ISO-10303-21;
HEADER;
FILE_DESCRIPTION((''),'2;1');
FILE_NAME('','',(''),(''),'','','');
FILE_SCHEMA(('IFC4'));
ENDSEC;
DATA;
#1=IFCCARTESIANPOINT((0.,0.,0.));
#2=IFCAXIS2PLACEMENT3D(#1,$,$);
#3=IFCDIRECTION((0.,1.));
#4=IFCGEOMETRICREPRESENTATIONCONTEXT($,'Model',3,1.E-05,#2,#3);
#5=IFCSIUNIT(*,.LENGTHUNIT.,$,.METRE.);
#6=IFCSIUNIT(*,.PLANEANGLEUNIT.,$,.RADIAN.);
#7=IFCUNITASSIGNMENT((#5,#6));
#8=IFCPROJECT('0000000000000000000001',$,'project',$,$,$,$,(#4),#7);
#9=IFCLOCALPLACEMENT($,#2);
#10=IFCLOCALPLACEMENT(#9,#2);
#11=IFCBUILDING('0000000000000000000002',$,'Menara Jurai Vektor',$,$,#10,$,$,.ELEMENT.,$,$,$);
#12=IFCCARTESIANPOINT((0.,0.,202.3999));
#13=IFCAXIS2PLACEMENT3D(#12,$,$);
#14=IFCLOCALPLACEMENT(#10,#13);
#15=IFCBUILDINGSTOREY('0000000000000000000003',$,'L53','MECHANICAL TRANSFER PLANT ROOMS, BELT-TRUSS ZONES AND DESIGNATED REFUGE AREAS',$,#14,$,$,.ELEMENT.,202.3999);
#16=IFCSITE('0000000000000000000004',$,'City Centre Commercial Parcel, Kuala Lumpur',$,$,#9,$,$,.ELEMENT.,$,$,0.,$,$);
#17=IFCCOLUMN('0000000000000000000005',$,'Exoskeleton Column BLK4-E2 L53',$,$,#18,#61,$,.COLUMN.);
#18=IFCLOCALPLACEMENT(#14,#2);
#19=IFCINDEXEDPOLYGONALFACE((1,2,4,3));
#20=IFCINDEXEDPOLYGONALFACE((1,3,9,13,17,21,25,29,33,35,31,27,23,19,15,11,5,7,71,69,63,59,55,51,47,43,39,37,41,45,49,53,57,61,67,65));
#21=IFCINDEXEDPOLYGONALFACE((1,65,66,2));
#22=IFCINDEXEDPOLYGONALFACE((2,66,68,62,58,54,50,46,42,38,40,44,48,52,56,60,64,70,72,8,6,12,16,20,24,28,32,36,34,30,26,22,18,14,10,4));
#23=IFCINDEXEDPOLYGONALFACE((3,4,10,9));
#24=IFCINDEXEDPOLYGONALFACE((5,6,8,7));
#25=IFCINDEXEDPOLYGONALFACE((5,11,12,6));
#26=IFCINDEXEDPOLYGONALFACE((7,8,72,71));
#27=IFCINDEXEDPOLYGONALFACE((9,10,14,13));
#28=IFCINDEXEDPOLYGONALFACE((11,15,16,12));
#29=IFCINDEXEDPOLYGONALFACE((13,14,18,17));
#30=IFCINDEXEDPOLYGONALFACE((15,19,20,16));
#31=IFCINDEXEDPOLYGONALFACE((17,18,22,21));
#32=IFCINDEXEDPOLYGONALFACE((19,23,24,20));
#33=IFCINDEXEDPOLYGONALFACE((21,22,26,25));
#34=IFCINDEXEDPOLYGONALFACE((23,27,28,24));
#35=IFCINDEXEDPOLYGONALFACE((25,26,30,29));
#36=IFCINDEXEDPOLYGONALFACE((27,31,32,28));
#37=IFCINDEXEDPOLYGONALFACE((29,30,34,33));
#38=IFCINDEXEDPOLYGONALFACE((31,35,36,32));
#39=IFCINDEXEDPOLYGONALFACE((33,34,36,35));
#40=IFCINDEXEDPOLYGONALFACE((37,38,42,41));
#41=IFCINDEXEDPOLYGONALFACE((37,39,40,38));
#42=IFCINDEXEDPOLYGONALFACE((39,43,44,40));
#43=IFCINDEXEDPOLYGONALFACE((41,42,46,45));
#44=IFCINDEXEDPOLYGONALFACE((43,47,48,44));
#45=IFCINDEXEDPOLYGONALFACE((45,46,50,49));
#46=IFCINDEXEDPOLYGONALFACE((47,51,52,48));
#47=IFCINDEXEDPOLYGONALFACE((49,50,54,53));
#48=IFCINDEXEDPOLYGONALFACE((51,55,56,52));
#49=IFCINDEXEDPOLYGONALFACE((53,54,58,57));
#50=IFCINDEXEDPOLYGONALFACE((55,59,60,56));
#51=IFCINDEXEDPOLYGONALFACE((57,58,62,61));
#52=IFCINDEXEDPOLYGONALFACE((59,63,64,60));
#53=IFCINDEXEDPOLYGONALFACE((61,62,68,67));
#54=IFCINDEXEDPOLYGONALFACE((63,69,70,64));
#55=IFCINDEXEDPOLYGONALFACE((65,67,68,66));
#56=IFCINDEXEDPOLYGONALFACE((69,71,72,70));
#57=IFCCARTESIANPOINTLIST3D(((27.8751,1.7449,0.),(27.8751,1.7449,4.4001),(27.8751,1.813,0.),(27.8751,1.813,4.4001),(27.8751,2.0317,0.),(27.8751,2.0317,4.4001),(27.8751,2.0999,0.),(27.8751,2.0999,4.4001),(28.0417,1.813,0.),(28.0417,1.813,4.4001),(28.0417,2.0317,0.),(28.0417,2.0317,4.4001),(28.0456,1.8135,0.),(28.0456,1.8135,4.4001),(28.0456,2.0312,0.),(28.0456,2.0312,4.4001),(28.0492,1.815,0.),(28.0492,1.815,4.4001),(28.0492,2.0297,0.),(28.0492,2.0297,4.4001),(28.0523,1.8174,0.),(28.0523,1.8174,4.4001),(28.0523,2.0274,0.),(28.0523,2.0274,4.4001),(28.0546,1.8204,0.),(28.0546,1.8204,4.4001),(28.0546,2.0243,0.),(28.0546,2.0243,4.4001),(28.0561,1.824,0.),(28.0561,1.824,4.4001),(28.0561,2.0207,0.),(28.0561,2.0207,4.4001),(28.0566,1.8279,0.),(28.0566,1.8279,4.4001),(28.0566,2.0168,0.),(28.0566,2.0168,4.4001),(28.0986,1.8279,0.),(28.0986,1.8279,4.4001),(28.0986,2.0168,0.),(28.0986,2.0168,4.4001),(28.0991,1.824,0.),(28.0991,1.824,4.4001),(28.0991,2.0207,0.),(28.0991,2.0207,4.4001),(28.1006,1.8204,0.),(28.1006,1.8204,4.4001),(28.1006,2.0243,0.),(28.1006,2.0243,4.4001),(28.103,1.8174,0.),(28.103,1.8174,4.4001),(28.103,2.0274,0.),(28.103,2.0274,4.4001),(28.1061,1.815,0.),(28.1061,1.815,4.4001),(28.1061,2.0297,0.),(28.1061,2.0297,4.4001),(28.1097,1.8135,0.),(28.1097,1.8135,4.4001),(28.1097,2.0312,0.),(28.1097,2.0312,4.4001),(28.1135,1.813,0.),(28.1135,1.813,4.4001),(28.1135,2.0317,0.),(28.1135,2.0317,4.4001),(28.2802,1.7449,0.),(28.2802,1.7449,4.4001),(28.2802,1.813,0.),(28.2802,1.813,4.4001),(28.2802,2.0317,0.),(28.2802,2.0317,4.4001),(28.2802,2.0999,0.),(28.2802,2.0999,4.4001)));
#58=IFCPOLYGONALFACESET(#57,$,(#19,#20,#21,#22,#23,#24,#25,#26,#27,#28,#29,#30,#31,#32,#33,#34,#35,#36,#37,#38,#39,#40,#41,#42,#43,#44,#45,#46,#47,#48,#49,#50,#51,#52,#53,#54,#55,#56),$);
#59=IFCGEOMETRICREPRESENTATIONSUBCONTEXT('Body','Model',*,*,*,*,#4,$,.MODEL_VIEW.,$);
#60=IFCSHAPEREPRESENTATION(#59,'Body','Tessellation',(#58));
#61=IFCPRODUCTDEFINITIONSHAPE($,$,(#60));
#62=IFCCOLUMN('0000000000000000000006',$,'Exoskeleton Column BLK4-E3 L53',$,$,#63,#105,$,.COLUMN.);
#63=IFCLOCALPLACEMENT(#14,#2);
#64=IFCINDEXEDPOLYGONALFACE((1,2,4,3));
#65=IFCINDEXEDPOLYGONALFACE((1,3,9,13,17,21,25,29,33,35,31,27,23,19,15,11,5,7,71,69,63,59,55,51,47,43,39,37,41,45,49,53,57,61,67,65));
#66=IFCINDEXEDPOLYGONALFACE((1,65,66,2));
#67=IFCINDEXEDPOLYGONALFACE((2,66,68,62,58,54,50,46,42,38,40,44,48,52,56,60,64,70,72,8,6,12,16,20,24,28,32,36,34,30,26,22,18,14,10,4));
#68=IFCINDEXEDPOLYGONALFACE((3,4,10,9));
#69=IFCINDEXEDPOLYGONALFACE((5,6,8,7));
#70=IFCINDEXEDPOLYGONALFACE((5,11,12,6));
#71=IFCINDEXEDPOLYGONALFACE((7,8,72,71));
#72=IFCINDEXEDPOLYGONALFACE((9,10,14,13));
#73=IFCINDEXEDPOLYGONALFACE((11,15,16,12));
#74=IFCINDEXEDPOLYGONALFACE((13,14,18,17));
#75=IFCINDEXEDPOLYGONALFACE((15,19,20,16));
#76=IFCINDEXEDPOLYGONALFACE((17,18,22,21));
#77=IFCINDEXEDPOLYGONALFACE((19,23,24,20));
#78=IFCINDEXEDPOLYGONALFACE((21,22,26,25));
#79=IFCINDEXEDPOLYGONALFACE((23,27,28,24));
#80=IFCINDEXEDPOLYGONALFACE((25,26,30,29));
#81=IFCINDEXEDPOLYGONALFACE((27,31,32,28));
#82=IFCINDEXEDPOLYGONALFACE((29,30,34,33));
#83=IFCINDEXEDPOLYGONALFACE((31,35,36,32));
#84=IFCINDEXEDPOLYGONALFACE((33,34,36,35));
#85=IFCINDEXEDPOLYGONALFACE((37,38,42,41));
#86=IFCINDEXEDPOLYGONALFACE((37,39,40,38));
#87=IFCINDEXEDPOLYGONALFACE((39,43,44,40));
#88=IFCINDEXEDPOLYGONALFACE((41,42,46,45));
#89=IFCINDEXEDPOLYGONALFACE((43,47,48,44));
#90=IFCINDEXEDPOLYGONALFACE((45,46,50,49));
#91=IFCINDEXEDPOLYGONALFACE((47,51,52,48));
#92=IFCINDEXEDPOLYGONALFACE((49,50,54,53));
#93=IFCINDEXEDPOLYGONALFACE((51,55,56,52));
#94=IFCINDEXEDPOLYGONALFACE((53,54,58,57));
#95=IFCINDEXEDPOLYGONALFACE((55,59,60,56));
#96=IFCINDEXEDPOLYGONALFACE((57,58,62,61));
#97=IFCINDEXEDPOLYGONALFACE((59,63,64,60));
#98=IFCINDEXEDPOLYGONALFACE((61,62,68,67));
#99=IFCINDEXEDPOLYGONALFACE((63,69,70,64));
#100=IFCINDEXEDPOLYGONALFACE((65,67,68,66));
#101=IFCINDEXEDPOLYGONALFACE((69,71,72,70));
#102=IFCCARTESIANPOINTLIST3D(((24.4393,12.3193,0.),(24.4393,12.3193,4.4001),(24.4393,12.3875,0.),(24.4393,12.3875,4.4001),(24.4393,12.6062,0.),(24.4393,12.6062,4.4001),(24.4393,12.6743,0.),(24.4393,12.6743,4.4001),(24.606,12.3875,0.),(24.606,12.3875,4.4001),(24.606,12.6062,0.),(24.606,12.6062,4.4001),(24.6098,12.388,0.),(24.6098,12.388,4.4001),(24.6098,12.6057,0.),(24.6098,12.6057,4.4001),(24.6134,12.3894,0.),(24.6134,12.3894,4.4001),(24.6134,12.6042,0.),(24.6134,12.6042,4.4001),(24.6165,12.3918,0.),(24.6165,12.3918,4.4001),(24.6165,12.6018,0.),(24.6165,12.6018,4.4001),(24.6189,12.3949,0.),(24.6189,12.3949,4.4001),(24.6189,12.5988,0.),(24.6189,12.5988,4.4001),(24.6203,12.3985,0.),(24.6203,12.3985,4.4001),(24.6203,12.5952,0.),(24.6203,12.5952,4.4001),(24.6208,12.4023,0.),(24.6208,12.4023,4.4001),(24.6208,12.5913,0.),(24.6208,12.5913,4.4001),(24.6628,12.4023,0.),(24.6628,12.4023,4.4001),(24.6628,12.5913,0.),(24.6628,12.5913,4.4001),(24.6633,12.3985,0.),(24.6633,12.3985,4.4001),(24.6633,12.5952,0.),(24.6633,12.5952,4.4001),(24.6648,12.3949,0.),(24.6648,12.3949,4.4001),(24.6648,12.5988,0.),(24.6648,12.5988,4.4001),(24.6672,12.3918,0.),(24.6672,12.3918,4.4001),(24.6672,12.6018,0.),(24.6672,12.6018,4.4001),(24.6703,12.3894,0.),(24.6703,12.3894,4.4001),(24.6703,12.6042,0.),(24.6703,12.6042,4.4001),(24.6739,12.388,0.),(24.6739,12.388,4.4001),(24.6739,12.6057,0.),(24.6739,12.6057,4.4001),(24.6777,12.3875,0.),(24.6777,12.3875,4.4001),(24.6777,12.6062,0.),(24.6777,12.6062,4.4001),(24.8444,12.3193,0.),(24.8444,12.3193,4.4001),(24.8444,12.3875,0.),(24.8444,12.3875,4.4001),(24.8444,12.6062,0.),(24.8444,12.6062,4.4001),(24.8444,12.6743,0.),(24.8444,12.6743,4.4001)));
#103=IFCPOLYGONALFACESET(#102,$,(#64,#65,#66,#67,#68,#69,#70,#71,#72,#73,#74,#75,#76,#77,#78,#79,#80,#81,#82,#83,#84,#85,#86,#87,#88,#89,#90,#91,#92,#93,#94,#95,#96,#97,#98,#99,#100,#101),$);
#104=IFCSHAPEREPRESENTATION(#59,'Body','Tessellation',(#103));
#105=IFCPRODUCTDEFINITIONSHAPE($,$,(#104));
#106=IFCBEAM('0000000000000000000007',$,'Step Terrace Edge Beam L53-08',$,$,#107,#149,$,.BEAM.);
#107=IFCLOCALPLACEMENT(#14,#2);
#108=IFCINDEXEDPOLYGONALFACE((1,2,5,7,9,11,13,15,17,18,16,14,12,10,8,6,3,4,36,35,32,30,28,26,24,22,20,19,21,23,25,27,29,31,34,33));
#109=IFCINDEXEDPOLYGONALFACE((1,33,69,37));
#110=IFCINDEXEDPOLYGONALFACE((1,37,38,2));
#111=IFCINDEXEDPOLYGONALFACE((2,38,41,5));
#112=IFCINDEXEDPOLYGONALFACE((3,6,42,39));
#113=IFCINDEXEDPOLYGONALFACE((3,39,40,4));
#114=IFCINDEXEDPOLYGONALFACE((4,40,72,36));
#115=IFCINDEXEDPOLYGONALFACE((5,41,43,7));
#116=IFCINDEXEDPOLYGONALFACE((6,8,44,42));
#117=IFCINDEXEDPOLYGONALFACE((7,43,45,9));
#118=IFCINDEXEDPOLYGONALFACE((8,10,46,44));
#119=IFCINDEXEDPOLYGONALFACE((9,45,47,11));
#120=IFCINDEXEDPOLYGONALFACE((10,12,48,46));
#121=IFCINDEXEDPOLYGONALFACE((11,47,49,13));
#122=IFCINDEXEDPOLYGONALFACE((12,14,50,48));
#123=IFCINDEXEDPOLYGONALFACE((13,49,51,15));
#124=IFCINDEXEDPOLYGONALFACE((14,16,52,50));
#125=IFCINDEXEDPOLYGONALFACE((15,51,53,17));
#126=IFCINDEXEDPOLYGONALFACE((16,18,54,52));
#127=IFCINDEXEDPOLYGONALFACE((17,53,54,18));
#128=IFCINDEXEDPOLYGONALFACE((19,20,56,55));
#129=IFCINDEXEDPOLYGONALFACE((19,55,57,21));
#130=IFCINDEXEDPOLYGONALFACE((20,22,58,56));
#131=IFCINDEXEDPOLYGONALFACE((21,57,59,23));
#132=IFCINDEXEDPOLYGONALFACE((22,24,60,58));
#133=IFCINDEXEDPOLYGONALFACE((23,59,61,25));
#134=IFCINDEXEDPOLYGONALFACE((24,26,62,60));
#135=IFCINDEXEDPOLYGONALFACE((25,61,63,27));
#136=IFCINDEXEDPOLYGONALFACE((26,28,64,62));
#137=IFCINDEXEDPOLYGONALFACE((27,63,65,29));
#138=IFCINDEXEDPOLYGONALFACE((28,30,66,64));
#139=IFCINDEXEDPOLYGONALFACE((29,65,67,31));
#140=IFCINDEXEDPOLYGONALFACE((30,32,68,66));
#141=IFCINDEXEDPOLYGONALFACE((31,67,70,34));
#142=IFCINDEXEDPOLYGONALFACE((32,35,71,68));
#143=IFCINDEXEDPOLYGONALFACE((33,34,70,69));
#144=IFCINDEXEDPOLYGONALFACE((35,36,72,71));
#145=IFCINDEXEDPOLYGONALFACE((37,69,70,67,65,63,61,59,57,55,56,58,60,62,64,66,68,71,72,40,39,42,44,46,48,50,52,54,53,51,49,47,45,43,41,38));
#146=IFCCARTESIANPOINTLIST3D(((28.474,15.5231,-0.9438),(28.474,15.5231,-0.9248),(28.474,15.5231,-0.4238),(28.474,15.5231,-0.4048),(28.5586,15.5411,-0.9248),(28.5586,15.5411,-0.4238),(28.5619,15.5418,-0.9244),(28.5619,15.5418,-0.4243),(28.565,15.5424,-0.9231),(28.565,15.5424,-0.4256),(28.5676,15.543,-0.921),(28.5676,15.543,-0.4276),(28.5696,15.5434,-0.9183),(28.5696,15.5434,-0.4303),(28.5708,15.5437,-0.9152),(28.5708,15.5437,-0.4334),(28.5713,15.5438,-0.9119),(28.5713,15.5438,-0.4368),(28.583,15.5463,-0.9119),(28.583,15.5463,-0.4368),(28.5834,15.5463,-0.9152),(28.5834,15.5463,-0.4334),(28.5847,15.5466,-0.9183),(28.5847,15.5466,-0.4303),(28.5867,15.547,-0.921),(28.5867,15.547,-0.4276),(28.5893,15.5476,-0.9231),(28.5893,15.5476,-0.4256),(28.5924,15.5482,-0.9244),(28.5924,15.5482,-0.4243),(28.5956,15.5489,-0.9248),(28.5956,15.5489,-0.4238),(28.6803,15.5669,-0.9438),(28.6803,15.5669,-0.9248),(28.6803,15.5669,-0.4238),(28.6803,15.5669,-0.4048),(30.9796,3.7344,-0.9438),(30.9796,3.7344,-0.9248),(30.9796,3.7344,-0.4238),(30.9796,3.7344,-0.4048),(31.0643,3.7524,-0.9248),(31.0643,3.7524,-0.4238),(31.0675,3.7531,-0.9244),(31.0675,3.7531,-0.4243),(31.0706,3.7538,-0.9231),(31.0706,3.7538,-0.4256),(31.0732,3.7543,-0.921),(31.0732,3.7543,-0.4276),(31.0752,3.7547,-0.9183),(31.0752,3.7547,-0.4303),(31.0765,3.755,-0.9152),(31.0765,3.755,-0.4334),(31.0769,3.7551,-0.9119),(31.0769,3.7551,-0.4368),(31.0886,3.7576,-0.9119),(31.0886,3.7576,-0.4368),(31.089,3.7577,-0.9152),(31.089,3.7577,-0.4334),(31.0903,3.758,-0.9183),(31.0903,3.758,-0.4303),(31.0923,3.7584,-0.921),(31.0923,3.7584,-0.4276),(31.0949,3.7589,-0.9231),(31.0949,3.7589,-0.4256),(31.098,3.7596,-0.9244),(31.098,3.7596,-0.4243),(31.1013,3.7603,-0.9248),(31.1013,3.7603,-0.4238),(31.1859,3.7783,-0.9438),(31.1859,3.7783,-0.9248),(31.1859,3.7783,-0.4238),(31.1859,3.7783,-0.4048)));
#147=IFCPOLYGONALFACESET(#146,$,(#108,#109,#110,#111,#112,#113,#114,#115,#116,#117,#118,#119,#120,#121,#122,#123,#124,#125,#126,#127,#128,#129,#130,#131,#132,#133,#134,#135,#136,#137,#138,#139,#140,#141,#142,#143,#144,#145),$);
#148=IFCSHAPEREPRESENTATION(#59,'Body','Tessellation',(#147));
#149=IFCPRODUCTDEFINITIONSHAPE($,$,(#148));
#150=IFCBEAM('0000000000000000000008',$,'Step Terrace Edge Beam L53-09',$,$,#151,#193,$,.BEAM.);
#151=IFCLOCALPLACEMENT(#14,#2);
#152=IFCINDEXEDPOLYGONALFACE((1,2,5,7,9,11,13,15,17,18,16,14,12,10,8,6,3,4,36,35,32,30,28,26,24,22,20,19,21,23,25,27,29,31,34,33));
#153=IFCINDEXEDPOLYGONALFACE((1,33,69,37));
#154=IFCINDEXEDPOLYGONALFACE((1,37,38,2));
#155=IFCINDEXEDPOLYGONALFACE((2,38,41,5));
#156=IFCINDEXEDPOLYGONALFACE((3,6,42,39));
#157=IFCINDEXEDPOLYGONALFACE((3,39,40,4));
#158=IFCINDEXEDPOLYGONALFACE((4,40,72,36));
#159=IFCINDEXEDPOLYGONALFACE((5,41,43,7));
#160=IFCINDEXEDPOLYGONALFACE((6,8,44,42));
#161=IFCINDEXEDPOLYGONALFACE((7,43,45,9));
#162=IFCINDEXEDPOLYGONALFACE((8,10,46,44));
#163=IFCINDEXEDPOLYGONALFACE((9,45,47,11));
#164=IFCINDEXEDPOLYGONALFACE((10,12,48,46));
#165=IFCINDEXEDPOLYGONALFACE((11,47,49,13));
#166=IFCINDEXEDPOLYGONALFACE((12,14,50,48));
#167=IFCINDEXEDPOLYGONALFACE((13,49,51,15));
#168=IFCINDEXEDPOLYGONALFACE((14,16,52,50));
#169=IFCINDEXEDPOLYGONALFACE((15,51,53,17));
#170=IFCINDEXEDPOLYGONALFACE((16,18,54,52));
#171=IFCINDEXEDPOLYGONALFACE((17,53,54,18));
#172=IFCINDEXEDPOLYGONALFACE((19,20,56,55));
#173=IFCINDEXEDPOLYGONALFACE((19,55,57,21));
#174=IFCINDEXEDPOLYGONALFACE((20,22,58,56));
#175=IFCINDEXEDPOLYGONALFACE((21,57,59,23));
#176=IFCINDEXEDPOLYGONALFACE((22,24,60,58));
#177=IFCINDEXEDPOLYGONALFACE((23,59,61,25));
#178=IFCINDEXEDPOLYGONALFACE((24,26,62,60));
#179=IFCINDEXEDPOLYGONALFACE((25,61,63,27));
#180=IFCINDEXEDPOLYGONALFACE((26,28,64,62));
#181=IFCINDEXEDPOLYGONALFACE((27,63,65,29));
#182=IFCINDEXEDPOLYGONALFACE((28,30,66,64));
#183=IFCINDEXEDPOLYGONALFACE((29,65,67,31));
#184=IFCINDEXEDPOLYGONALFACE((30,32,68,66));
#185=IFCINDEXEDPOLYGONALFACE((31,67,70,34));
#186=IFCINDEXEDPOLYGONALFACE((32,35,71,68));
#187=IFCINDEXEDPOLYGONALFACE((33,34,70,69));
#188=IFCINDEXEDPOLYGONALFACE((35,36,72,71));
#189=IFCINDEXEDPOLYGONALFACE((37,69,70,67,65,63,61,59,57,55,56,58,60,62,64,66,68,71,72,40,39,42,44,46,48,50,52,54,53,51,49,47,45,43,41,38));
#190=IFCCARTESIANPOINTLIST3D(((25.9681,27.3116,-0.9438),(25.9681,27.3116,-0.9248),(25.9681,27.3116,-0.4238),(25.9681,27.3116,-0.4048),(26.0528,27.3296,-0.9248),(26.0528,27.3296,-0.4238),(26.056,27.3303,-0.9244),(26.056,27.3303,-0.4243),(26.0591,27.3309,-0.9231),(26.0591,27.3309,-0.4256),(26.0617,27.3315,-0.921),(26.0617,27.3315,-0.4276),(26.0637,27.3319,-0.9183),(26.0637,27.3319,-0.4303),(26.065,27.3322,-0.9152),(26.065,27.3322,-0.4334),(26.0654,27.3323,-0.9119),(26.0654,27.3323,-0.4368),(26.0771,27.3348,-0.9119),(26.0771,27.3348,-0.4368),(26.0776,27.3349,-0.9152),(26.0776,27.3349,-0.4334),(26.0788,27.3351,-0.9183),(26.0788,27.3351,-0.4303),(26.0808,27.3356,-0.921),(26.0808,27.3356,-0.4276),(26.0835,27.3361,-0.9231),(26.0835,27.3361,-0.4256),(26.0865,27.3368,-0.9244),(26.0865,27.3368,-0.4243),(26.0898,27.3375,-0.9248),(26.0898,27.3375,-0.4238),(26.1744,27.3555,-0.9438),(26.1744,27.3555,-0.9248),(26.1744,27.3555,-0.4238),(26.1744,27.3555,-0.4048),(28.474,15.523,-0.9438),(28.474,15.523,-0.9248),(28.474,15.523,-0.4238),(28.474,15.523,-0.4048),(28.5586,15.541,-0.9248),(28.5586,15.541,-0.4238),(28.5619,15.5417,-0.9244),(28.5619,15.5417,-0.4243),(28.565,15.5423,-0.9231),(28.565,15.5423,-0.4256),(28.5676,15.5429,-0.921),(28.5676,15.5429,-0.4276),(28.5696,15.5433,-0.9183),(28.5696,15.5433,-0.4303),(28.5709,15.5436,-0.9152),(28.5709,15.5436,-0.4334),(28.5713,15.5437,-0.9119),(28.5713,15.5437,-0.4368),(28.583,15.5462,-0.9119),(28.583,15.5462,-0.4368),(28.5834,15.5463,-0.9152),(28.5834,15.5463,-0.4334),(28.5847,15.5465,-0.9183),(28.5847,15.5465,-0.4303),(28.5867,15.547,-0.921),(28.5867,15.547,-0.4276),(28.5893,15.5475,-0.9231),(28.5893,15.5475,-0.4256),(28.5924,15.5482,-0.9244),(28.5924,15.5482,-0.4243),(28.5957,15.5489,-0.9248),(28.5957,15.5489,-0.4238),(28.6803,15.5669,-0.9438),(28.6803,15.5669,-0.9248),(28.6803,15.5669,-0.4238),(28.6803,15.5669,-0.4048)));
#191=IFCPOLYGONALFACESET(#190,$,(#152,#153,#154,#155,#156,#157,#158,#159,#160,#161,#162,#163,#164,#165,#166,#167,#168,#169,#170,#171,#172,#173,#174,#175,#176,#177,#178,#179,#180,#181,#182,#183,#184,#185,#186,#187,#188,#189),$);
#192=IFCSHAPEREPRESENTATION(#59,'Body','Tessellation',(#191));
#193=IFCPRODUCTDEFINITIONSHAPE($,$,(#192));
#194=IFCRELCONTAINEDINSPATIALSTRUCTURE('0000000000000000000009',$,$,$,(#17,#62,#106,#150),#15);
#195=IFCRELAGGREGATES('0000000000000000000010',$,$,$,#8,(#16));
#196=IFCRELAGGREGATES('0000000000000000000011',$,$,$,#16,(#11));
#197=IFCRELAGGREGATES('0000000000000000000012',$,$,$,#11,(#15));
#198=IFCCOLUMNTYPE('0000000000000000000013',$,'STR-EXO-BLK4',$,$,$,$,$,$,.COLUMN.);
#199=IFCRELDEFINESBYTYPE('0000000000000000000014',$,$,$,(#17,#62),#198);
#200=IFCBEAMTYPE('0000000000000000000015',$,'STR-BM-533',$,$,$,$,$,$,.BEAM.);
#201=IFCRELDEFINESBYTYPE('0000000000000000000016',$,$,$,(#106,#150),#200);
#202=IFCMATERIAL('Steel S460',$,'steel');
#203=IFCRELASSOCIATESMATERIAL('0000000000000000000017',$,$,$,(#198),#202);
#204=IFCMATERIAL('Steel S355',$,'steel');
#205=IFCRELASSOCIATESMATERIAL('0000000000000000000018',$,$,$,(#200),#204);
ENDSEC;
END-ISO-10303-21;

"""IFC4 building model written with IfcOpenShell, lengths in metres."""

from ifc_helpers import new_model, si_unit, direction, frame, origin, origin_2d, place, context, subcontext, project, spatial, i_section, extrude, material, material_profile, profile_set, type_object, element, save


model = new_model("IFC4")

# Units and contexts
model_context = context("Model", 3, precision=1e-05, world=origin(), true_north=direction((0.0, 1.0)))
body_context = subcontext(model_context, "Body", "Model", "MODEL_VIEW")
ifc_project = project(units=[si_unit("LENGTHUNIT", "METRE"), si_unit("PLANEANGLEUNIT", "RADIAN")], contexts=[model_context])

# Site, building, storey
site_placement = place(None, origin())
site = spatial("IfcSite", under=ifc_project, at=site_placement, Name="City Centre Commercial Parcel, Kuala Lumpur", CompositionType="ELEMENT", RefElevation=0.0)
building_placement = place(site_placement, origin())
building = spatial("IfcBuilding", under=site, at=building_placement, Name="Menara Jurai Vektor", CompositionType="ELEMENT")
storey_placement = place(building_placement, frame((0.0, 0.0, 202.3999)))
storey = spatial("IfcBuildingStorey", under=building, at=storey_placement, Name="L53", Description="MECHANICAL TRANSFER PLANT ROOMS, BELT-TRUSS ZONES AND DESIGNATED REFUGE AREAS", CompositionType="ELEMENT", Elevation=202.3999)

# Columns
ifc_material_1 = material(Name="Steel S460", Category="steel")
ifc_material_profile_1 = material_profile(ifc_material_1, i_section(OverallWidth=0.405, OverallDepth=0.355, WebThickness=0.042, FlangeThickness=0.0681, FilletRadius=0.0149, at=origin_2d()), Name="HD 400x551")
ifc_profile_set_1 = profile_set([ifc_material_profile_1], Name="Steel S460")
column_type = type_object("IfcColumnType", Name="STR-EXO-BLK4", PredefinedType="COLUMN", material=ifc_profile_set_1)
for number, where, z_axis, x_axis, name in (
    (1, (28.0776, 1.9224, 0.0), (0.0, 0.0, 1.0), (1.0, 0.0, 0.0), "Exoskeleton Column BLK4-E2 L53"),
    (2, (24.6418, 12.4968, 0.0), (0.0, 0.0, 1.0), (1.0, 0.0, 0.0), "Exoskeleton Column BLK4-E3 L53"),
):
    element("IfcColumn", number, at=place(storey_placement, frame(where, z_axis=z_axis, x_axis=x_axis)), inside=storey, type_object=column_type, Name=name, PredefinedType="COLUMN", context=body_context, shape_type="SweptSolid", body=[
        extrude(i_section(OverallWidth=0.405, OverallDepth=0.355, WebThickness=0.042, FlangeThickness=0.0681, FilletRadius=0.0149, at=origin_2d()), origin(), (0.0, 0.0, 1.0), 4.4001),
    ])

# Beams
ifc_material_2 = material(Name="Steel S355", Category="steel")
ifc_material_profile_2 = material_profile(ifc_material_2, i_section(OverallWidth=0.2109, OverallDepth=0.5391, WebThickness=0.012, FlangeThickness=0.019, FilletRadius=0.0129, at=origin_2d()), Name="UKB 533x210x109")
ifc_profile_set_2 = profile_set([ifc_material_profile_2], Name="Steel S355")
beam_type_1 = type_object("IfcBeamType", Name="STR-BM-533", PredefinedType="BEAM", material=ifc_profile_set_2)
for number, where, z_axis, x_axis, name in (
    (3, (31.0828, 3.7563, -0.6743), (-0.207902, 0.97815, 0.0), (-0.97815, -0.207902, 0.0), "Step Terrace Edge Beam L53-08"),
    (4, (28.5771, 15.5449, -0.6743), (-0.207921, 0.978146, 0.0), (-0.978146, -0.207921, 0.0), "Step Terrace Edge Beam L53-09"),
):
    element("IfcBeam", number, at=place(storey_placement, frame(where, z_axis=z_axis, x_axis=x_axis)), inside=storey, type_object=beam_type_1, Name=name, PredefinedType="BEAM", context=body_context, shape_type="SweptSolid", body=[
        extrude(i_section(OverallWidth=0.2109, OverallDepth=0.5391, WebThickness=0.012, FlangeThickness=0.019, FilletRadius=0.0129, at=origin_2d()), origin(), (0.0, 0.0, 1.0), 12.052),
    ])

save(model, "model.ifc")
